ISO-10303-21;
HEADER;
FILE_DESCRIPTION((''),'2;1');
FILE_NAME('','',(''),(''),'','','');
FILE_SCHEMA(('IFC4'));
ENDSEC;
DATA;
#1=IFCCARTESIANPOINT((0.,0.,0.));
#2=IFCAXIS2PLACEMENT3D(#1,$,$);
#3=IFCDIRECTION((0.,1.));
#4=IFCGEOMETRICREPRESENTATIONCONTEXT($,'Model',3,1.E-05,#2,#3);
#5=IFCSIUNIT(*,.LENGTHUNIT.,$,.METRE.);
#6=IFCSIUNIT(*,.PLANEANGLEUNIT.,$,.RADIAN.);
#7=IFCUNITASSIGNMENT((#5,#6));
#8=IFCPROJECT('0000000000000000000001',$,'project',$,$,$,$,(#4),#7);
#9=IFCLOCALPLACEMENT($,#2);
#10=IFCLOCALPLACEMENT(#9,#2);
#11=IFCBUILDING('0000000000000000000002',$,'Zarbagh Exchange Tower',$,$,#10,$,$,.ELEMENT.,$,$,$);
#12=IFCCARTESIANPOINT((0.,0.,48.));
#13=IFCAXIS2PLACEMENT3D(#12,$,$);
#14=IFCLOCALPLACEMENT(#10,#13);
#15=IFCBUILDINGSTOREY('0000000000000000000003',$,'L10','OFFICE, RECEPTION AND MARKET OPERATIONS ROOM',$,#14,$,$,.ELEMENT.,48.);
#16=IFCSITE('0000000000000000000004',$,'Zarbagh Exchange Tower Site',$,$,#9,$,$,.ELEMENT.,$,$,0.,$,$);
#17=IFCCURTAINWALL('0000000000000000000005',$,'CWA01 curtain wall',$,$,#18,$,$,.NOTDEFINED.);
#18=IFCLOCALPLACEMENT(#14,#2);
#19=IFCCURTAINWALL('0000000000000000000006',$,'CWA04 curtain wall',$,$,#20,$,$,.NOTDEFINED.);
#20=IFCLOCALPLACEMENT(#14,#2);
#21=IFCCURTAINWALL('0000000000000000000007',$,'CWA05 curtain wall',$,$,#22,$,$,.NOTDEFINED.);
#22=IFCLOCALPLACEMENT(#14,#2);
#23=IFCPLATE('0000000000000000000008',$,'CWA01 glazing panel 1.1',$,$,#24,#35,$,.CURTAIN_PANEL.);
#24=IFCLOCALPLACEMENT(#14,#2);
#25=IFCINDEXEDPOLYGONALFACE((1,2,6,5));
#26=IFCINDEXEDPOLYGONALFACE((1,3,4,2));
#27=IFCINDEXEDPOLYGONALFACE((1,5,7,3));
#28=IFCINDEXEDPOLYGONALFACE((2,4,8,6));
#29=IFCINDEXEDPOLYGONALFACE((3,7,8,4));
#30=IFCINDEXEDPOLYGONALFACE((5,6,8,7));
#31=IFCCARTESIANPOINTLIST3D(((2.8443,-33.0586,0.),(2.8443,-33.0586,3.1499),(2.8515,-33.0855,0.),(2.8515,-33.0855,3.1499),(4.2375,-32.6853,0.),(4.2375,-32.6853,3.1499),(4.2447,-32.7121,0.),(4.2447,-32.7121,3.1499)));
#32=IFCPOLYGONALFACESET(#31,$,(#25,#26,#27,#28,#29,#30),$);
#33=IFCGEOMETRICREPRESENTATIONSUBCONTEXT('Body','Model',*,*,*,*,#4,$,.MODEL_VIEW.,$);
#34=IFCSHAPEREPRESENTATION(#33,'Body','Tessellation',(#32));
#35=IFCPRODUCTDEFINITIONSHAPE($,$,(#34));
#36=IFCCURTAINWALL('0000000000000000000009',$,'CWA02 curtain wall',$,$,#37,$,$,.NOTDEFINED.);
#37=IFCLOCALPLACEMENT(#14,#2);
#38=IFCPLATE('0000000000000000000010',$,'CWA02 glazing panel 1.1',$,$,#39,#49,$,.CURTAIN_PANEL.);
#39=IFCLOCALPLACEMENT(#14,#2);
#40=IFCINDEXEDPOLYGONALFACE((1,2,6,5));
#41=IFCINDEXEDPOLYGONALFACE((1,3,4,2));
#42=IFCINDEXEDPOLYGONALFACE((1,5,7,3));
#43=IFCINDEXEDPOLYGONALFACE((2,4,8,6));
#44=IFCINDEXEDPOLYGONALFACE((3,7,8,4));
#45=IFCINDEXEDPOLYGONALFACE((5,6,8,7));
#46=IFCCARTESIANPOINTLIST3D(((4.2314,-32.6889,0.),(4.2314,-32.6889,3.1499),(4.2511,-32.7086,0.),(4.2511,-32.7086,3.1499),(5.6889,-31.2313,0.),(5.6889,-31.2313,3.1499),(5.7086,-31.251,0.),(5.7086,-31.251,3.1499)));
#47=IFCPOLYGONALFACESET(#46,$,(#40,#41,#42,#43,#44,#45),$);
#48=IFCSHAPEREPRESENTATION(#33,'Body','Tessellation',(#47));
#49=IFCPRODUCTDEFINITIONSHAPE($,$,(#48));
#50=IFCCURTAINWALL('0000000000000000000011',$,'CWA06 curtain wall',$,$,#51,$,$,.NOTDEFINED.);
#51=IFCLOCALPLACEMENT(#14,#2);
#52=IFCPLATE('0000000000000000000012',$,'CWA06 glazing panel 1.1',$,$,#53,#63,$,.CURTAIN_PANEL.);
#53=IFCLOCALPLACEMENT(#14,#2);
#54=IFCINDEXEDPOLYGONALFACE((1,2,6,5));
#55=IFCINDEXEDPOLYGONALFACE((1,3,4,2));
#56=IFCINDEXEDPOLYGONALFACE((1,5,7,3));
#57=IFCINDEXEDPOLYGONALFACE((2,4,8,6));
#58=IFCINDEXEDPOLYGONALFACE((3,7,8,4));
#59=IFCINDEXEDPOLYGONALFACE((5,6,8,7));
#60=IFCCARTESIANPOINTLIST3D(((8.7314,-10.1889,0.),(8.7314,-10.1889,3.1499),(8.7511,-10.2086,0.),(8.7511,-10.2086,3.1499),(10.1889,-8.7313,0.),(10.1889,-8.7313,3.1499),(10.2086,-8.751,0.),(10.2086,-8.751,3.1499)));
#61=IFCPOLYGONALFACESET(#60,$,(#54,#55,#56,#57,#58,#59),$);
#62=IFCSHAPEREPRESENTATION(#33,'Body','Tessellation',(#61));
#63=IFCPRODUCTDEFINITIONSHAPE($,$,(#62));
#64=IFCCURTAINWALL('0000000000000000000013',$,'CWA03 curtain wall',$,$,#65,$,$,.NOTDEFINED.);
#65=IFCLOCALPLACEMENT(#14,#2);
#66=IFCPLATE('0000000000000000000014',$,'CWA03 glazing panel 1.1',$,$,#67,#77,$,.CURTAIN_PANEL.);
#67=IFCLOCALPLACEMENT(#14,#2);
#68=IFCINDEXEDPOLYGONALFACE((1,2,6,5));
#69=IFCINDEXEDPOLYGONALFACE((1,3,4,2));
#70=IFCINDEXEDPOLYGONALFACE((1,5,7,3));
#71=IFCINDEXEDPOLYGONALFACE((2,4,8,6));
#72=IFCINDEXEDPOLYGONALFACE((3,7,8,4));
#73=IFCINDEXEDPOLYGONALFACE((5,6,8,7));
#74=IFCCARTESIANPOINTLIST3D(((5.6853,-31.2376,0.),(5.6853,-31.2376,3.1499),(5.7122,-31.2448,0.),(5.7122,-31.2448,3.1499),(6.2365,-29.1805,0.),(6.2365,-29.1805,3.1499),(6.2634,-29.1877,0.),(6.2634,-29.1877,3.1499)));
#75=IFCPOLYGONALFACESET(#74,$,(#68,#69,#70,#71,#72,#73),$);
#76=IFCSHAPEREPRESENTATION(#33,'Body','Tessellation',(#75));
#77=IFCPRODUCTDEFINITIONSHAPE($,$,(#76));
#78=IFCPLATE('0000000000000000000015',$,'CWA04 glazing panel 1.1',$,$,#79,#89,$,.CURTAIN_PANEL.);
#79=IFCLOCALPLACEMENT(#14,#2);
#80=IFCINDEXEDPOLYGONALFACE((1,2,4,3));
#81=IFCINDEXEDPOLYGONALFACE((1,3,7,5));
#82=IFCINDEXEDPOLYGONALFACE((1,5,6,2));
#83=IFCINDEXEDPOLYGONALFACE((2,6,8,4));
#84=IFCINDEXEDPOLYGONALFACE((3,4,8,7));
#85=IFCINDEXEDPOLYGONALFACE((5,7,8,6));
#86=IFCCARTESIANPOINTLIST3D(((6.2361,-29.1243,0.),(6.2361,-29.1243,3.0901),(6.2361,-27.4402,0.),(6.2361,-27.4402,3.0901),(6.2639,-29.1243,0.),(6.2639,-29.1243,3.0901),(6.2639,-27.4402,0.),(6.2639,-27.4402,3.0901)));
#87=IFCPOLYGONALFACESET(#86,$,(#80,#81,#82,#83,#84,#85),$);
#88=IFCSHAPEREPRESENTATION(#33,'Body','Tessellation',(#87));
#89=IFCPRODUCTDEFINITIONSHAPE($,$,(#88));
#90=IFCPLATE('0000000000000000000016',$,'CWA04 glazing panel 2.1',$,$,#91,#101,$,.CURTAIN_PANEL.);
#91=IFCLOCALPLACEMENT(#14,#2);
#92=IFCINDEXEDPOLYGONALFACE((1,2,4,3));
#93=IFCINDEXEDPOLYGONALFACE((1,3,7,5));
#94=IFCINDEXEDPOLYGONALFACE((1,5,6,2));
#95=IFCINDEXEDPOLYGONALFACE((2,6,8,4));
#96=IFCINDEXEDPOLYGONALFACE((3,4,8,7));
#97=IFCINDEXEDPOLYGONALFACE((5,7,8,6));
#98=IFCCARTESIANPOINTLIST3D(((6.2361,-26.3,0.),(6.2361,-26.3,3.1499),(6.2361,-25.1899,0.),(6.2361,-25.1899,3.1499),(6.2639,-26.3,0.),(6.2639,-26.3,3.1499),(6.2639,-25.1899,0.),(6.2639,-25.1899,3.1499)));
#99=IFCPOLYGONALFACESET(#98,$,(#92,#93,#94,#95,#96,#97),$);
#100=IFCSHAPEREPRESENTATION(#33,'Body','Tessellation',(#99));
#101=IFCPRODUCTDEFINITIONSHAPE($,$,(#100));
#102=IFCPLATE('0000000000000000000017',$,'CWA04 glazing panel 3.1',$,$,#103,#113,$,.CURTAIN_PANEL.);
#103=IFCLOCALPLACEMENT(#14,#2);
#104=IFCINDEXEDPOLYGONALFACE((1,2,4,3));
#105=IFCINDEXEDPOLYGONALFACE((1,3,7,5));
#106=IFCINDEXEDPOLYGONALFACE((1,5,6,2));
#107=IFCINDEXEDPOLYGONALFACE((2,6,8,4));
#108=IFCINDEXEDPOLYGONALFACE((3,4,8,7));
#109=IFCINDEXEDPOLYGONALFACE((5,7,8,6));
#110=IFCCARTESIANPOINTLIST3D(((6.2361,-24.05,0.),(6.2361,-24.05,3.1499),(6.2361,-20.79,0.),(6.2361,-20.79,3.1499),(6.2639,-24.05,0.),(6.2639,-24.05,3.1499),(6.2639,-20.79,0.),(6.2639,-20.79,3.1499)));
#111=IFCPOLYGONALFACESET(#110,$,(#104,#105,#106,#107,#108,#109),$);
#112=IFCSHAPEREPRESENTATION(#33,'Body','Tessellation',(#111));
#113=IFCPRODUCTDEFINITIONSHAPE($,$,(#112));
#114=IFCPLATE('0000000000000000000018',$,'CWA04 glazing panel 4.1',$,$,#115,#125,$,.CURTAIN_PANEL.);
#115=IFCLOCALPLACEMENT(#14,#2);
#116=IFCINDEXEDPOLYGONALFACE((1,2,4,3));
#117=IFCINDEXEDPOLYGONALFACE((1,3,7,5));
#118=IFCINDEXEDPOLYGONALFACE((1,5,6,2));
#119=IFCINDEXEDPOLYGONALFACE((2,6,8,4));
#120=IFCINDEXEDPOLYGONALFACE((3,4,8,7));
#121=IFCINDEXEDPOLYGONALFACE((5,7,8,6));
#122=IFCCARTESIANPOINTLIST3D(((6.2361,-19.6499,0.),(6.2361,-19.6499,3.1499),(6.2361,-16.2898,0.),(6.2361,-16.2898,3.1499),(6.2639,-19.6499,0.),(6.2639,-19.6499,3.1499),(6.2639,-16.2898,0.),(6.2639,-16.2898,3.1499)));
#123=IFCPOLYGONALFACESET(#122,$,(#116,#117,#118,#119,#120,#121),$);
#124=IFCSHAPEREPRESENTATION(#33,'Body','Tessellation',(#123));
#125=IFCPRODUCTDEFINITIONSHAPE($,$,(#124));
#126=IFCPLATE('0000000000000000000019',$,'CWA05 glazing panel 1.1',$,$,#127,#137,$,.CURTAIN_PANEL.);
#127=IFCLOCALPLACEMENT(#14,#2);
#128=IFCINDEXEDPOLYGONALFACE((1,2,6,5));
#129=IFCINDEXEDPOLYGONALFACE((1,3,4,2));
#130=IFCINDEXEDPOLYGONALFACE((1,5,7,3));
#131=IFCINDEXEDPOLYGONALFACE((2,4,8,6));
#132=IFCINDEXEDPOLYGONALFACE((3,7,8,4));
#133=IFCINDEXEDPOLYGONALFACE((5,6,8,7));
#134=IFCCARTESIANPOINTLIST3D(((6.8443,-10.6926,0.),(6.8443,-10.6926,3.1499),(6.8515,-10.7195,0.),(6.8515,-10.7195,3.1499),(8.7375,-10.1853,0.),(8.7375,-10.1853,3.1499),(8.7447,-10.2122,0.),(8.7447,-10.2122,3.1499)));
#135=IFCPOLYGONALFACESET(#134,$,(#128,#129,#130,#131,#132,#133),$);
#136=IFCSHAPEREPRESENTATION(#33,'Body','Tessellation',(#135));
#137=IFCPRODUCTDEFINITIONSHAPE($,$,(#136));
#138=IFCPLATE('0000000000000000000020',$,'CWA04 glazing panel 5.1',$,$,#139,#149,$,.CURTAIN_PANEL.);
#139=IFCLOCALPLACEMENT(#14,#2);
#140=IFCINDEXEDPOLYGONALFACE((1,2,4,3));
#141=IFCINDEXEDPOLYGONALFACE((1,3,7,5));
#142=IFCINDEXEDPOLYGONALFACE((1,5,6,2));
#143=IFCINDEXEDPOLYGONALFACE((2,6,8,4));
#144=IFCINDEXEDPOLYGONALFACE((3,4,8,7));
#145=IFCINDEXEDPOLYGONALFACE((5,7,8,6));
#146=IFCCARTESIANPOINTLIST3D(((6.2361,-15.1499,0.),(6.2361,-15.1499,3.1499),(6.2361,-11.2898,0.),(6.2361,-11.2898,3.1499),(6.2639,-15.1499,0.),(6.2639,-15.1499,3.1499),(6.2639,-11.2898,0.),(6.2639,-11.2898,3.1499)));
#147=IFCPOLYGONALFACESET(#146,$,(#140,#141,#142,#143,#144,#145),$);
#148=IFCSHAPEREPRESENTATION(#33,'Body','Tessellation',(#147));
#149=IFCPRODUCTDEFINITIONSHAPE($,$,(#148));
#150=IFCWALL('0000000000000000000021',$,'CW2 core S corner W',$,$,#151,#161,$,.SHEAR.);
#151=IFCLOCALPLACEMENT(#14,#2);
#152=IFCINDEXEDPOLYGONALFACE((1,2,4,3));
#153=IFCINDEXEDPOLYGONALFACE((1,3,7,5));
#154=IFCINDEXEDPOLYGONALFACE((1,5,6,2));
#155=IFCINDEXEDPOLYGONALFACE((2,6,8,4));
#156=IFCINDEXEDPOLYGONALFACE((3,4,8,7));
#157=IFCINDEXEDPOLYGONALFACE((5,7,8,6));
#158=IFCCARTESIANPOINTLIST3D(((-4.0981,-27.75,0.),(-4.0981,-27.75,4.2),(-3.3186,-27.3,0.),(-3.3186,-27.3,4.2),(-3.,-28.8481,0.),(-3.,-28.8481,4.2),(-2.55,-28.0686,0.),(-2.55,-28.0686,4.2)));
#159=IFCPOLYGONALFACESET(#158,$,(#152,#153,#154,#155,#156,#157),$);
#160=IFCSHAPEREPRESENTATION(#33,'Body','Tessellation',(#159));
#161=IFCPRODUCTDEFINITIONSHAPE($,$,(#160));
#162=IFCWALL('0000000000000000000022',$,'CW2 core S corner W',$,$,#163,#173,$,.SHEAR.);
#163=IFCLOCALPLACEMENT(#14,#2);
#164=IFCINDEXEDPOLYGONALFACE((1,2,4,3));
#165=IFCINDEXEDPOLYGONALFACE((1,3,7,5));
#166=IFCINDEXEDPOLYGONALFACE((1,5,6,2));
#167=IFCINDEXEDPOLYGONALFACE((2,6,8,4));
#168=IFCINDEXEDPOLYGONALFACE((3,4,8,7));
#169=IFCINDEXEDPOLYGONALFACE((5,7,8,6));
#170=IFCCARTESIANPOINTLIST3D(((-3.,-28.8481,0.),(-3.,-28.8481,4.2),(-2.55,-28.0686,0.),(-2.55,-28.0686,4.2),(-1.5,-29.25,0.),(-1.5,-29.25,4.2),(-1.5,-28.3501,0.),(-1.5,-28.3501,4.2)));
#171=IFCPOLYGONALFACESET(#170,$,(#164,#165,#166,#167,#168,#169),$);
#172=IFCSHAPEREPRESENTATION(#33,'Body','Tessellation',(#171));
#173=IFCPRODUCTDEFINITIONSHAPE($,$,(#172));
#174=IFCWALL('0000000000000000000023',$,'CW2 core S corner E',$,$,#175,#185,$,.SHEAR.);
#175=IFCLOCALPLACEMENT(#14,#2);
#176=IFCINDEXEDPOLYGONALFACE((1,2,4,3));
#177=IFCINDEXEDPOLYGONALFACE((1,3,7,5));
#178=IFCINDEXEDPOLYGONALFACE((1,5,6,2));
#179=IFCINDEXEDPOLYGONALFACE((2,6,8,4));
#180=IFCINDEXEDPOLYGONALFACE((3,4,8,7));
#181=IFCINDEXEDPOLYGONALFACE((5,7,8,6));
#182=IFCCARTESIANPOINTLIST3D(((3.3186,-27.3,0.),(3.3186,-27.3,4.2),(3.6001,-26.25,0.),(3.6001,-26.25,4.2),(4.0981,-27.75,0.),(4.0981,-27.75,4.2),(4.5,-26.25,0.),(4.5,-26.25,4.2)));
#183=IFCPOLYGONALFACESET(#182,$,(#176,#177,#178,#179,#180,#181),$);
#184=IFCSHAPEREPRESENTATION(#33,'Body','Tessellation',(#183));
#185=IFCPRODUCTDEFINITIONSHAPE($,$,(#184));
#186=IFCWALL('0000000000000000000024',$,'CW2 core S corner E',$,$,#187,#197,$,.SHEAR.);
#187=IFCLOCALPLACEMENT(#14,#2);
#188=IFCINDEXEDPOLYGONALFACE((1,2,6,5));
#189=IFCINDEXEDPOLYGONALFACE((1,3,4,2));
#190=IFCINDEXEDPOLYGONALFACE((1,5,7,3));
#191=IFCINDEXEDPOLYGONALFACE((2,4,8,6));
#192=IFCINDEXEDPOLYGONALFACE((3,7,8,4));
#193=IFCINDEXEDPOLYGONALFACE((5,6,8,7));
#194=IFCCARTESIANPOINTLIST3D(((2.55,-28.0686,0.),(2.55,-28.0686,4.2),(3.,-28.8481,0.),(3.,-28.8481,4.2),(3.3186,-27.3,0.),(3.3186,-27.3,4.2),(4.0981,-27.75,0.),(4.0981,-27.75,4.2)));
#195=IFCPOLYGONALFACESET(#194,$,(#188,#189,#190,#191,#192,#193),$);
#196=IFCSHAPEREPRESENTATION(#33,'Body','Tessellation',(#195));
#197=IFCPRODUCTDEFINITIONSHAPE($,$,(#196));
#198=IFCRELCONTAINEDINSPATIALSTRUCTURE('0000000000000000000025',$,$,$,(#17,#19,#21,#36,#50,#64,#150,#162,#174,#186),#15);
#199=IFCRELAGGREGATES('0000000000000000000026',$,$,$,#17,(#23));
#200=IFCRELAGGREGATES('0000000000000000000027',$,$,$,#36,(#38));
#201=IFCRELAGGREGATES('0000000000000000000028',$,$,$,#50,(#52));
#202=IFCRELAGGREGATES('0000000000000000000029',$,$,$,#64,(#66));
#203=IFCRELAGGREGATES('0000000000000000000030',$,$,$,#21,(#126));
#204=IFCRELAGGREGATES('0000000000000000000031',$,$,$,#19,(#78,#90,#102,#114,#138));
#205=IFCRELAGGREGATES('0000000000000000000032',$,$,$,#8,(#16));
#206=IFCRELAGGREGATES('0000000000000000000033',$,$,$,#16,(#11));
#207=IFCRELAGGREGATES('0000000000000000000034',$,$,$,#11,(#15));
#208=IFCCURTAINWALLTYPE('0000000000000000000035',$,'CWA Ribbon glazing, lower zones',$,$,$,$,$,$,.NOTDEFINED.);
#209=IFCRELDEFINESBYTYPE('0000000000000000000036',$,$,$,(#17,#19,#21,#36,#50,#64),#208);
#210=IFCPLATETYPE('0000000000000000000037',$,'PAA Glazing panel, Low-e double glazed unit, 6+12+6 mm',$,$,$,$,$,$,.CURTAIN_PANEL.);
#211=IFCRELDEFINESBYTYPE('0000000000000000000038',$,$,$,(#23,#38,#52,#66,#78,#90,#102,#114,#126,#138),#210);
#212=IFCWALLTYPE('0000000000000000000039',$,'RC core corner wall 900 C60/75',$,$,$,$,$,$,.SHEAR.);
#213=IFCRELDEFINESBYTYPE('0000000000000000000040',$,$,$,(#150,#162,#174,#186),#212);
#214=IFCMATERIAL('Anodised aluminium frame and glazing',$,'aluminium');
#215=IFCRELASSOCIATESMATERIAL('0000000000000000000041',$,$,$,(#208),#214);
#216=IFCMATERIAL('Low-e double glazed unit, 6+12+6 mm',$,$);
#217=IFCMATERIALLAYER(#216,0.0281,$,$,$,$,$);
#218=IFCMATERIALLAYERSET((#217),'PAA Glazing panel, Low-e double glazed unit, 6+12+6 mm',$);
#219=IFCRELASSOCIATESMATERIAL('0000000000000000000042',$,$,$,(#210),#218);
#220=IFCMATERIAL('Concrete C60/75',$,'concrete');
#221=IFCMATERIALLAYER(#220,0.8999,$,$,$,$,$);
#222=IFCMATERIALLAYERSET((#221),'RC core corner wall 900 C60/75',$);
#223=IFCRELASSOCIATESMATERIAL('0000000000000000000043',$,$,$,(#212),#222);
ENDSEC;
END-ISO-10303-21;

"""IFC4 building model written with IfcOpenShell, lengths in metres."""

from ifc_helpers import new_model, si_unit, direction, frame, origin, place, context, subcontext, project, spatial, polyline, outline, extrude, source, transform, mapped, material, layer, layer_set, type_object, element, aggregate, save


model = new_model("IFC4")

# Units and contexts
model_context = context("Model", 3, precision=1e-05, world=origin(), true_north=direction((0.0, 1.0)))
body_context = subcontext(model_context, "Body", "Model", "MODEL_VIEW")
ifc_project = project(units=[si_unit("LENGTHUNIT", "METRE"), si_unit("PLANEANGLEUNIT", "RADIAN")], contexts=[model_context])

# Site, building, storey
site_placement = place(None, origin())
site = spatial("IfcSite", under=ifc_project, at=site_placement, Name="Zarbagh Exchange Tower Site", CompositionType="ELEMENT", RefElevation=0.0)
building_placement = place(site_placement, origin())
building = spatial("IfcBuilding", under=site, at=building_placement, Name="Zarbagh Exchange Tower", CompositionType="ELEMENT")
storey_placement = place(building_placement, frame((0.0, 0.0, 48.0)))
storey = spatial("IfcBuildingStorey", under=building, at=storey_placement, Name="L10", Description="OFFICE, RECEPTION AND MARKET OPERATIONS ROOM", CompositionType="ELEMENT", Elevation=48.0)

# Curtain wall
ifc_material_1 = material(Name="Anodised aluminium frame and glazing", Category="aluminium")
curtain_wall_type = type_object("IfcCurtainWallType", Name="CWA Ribbon glazing, lower zones", PredefinedType="NOTDEFINED", material=ifc_material_1)
curtain_wall_1_placement = place(storey_placement, origin())
curtain_wall_1 = element("IfcCurtainWall", 1, at=curtain_wall_1_placement, inside=storey, type_object=curtain_wall_type, Name="CWA01 curtain wall", PredefinedType="NOTDEFINED")
placement = place(storey_placement, origin())

# Curtain wall
curtain_wall_2_placement = place(storey_placement, origin())
curtain_wall_2 = element("IfcCurtainWall", 2, at=curtain_wall_2_placement, inside=storey, type_object=curtain_wall_type, Name="CWA04 curtain wall", PredefinedType="NOTDEFINED")

# Curtain wall
curtain_wall_3_placement = place(storey_placement, origin())
curtain_wall_3 = element("IfcCurtainWall", 3, at=curtain_wall_3_placement, inside=storey, type_object=curtain_wall_type, Name="CWA05 curtain wall", PredefinedType="NOTDEFINED")

# Plate
ifc_material_2 = material(Name="Low-e double glazed unit, 6+12+6 mm")
ifc_layer_1 = layer(ifc_material_2, 0.0281)
ifc_layer_set_1 = layer_set([ifc_layer_1], Name="PAA Glazing panel, Low-e double glazed unit, 6+12+6 mm")
plate_type = type_object("IfcPlateType", Name="PAA Glazing panel, Low-e double glazed unit, 6+12+6 mm", PredefinedType="CURTAIN_PANEL", material=ifc_layer_set_1)
shared_shape_1 = source(origin(), body_context, "Body", "SweptSolid", [
    extrude(outline(polyline([(0.0, -0.0139), (1.4424, -0.0139), (1.4424, 0.0139), (0.0, 0.0139), (0.0, -0.0139)])), origin(), (0.0, 0.0, 1.0), 3.1499),
])
plate_1 = element("IfcPlate", 4, at=placement, type_object=plate_type, Name="CWA01 glazing panel 1.1", PredefinedType="CURTAIN_PANEL", context=body_context, shape_type="MappedRepresentation", body=[
    mapped(shared_shape_1, transform((2.8479, -33.072, 0.0), x_axis=(0.965924, 0.258825, 0.0), y_axis=(-0.258825, 0.965924, 0.0), z_axis=(0.0, 0.0, 1.0))),
])
aggregate(curtain_wall_1, [plate_1])

# Curtain walls, plates
curtain_wall_4_placement = place(storey_placement, origin())
curtain_wall_4 = element("IfcCurtainWall", 5, at=curtain_wall_4_placement, inside=storey, type_object=curtain_wall_type, Name="CWA02 curtain wall", PredefinedType="NOTDEFINED")
shared_shape_2 = source(origin(), body_context, "Body", "SweptSolid", [
    extrude(outline(polyline([(0.0, -0.0139), (2.0613, -0.0139), (2.0613, 0.0139), (0.0, 0.0139), (0.0, -0.0139)])), origin(), (0.0, 0.0, 1.0), 3.1499),
])
plate_2 = element("IfcPlate", 6, at=placement, type_object=plate_type, Name="CWA02 glazing panel 1.1", PredefinedType="CURTAIN_PANEL", context=body_context, shape_type="MappedRepresentation", body=[
    mapped(shared_shape_2, transform((4.2412, -32.6987, 0.0), x_axis=(0.707107, 0.707107, 0.0), y_axis=(-0.707107, 0.707107, 0.0), z_axis=(0.0, 0.0, 1.0))),
])
aggregate(curtain_wall_4, [plate_2])
curtain_wall_5_placement = place(storey_placement, origin())
curtain_wall_5 = element("IfcCurtainWall", 7, at=curtain_wall_5_placement, inside=storey, type_object=curtain_wall_type, Name="CWA06 curtain wall", PredefinedType="NOTDEFINED")
plate_3 = element("IfcPlate", 8, at=placement, type_object=plate_type, Name="CWA06 glazing panel 1.1", PredefinedType="CURTAIN_PANEL", context=body_context, shape_type="MappedRepresentation", body=[
    mapped(shared_shape_2, transform((8.7412, -10.1987, 0.0), x_axis=(0.707107, 0.707107, 0.0), y_axis=(-0.707107, 0.707107, 0.0), z_axis=(0.0, 0.0, 1.0))),
])
aggregate(curtain_wall_5, [plate_3])
curtain_wall_6_placement = place(storey_placement, origin())
curtain_wall_6 = element("IfcCurtainWall", 9, at=curtain_wall_6_placement, inside=storey, type_object=curtain_wall_type, Name="CWA03 curtain wall", PredefinedType="NOTDEFINED")
shared_shape_3 = source(origin(), body_context, "Body", "SweptSolid", [
    extrude(outline(polyline([(0.0, -0.0139), (2.1296, -0.0139), (2.1296, 0.0139), (0.0, 0.0139), (0.0, -0.0139)])), origin(), (0.0, 0.0, 1.0), 3.1499),
])
plate_4 = element("IfcPlate", 10, at=placement, type_object=plate_type, Name="CWA03 glazing panel 1.1", PredefinedType="CURTAIN_PANEL", context=body_context, shape_type="MappedRepresentation", body=[
    mapped(shared_shape_3, transform((5.6987, -31.2412, 0.0), x_axis=(0.258825, 0.965924, 0.0), y_axis=(-0.965924, 0.258825, 0.0), z_axis=(0.0, 0.0, 1.0))),
])
aggregate(curtain_wall_6, [plate_4])

# Plates
shared_shape_4 = source(origin(), body_context, "Body", "SweptSolid", [
    extrude(outline(polyline([(0.0, -0.0139), (1.6841, -0.0139), (1.6841, 0.0139), (0.0, 0.0139), (0.0, -0.0139)])), origin(), (0.0, 0.0, 1.0), 3.0901),
])
plate_5 = element("IfcPlate", 11, at=placement, type_object=plate_type, Name="CWA04 glazing panel 1.1", PredefinedType="CURTAIN_PANEL", context=body_context, shape_type="MappedRepresentation", body=[
    mapped(shared_shape_4, transform((6.25, -29.1243, 0.0), x_axis=(0.0, 1.0, 0.0), y_axis=(-1.0, 0.0, 0.0), z_axis=(0.0, 0.0, 1.0))),
])
shared_shape_5 = source(origin(), body_context, "Body", "SweptSolid", [
    extrude(outline(polyline([(0.0, -0.0139), (1.1101, -0.0139), (1.1101, 0.0139), (0.0, 0.0139), (0.0, -0.0139)])), origin(), (0.0, 0.0, 1.0), 3.1499),
])
plate_6 = element("IfcPlate", 12, at=placement, type_object=plate_type, Name="CWA04 glazing panel 2.1", PredefinedType="CURTAIN_PANEL", context=body_context, shape_type="MappedRepresentation", body=[
    mapped(shared_shape_5, transform((6.25, -26.3, 0.0), x_axis=(0.0, 1.0, 0.0), y_axis=(-1.0, 0.0, 0.0), z_axis=(0.0, 0.0, 1.0))),
])
shared_shape_6 = source(origin(), body_context, "Body", "SweptSolid", [
    extrude(outline(polyline([(0.0, -0.0139), (3.26, -0.0139), (3.26, 0.0139), (0.0, 0.0139), (0.0, -0.0139)])), origin(), (0.0, 0.0, 1.0), 3.1499),
])
plate_7 = element("IfcPlate", 13, at=placement, type_object=plate_type, Name="CWA04 glazing panel 3.1", PredefinedType="CURTAIN_PANEL", context=body_context, shape_type="MappedRepresentation", body=[
    mapped(shared_shape_6, transform((6.25, -24.05, 0.0), x_axis=(0.0, 1.0, 0.0), y_axis=(-1.0, 0.0, 0.0), z_axis=(0.0, 0.0, 1.0))),
])
shared_shape_7 = source(origin(), body_context, "Body", "SweptSolid", [
    extrude(outline(polyline([(0.0, -0.0139), (3.3601, -0.0139), (3.3601, 0.0139), (0.0, 0.0139), (0.0, -0.0139)])), origin(), (0.0, 0.0, 1.0), 3.1499),
])
plate_8 = element("IfcPlate", 14, at=placement, type_object=plate_type, Name="CWA04 glazing panel 4.1", PredefinedType="CURTAIN_PANEL", context=body_context, shape_type="MappedRepresentation", body=[
    mapped(shared_shape_7, transform((6.25, -19.6499, 0.0), x_axis=(0.0, 1.0, 0.0), y_axis=(-1.0, 0.0, 0.0), z_axis=(0.0, 0.0, 1.0))),
])
shared_shape_8 = source(origin(), body_context, "Body", "SweptSolid", [
    extrude(outline(polyline([(0.0, -0.0139), (1.96, -0.0139), (1.96, 0.0139), (0.0, 0.0139), (0.0, -0.0139)])), origin(), (0.0, 0.0, 1.0), 3.1499),
])
plate_9 = element("IfcPlate", 15, at=placement, type_object=plate_type, Name="CWA05 glazing panel 1.1", PredefinedType="CURTAIN_PANEL", context=body_context, shape_type="MappedRepresentation", body=[
    mapped(shared_shape_8, transform((6.8479, -10.7061, 0.0), x_axis=(0.965924, 0.258825, 0.0), y_axis=(-0.258825, 0.965924, 0.0), z_axis=(0.0, 0.0, 1.0))),
])
aggregate(curtain_wall_3, [plate_9])
shared_shape_9 = source(origin(), body_context, "Body", "SweptSolid", [
    extrude(outline(polyline([(0.0, -0.0139), (3.8601, -0.0139), (3.8601, 0.0139), (0.0, 0.0139), (0.0, -0.0139)])), origin(), (0.0, 0.0, 1.0), 3.1499),
])
plate_10 = element("IfcPlate", 16, at=placement, type_object=plate_type, Name="CWA04 glazing panel 5.1", PredefinedType="CURTAIN_PANEL", context=body_context, shape_type="MappedRepresentation", body=[
    mapped(shared_shape_9, transform((6.25, -15.1499, 0.0), x_axis=(0.0, 1.0, 0.0), y_axis=(-1.0, 0.0, 0.0), z_axis=(0.0, 0.0, 1.0))),
])
aggregate(curtain_wall_2, [plate_5, plate_6, plate_7, plate_8, plate_10])

# Walls
ifc_material_3 = material(Name="Concrete C60/75", Category="concrete")
ifc_layer_2 = layer(ifc_material_3, 0.8999)
ifc_layer_set_2 = layer_set([ifc_layer_2], Name="RC core corner wall 900 C60/75")
wall_type = type_object("IfcWallType", Name="RC core corner wall 900 C60/75", PredefinedType="SHEAR", material=ifc_layer_set_2)
wall_1_placement = place(storey_placement, origin())
element("IfcWall", 17, at=wall_1_placement, inside=storey, type_object=wall_type, Name="CW2 core S corner W", PredefinedType="SHEAR", context=body_context, shape_type="SweptSolid", body=[
    extrude(outline(polyline([(-4.0981, -27.75), (-3.0, -28.8481), (-2.55, -28.0686), (-3.3186, -27.3), (-4.0981, -27.75)])), origin(), (0.0, 0.0, 1.0), 4.2),
])
wall_2_placement = place(storey_placement, origin())
element("IfcWall", 18, at=wall_2_placement, inside=storey, type_object=wall_type, Name="CW2 core S corner W", PredefinedType="SHEAR", context=body_context, shape_type="SweptSolid", body=[
    extrude(outline(polyline([(-3.0, -28.8481), (-1.5, -29.25), (-1.5, -28.3501), (-2.55, -28.0686), (-3.0, -28.8481)])), origin(), (0.0, 0.0, 1.0), 4.2),
])
wall_3_placement = place(storey_placement, origin())
element("IfcWall", 19, at=wall_3_placement, inside=storey, type_object=wall_type, Name="CW2 core S corner E", PredefinedType="SHEAR", context=body_context, shape_type="SweptSolid", body=[
    extrude(outline(polyline([(4.5, -26.25), (4.0981, -27.75), (3.3186, -27.3), (3.6001, -26.25), (4.5, -26.25)])), origin(), (0.0, 0.0, 1.0), 4.2),
])
wall_4_placement = place(storey_placement, origin())
element("IfcWall", 20, at=wall_4_placement, inside=storey, type_object=wall_type, Name="CW2 core S corner E", PredefinedType="SHEAR", context=body_context, shape_type="SweptSolid", body=[
    extrude(outline(polyline([(4.0981, -27.75), (3.0, -28.8481), (2.55, -28.0686), (3.3186, -27.3), (4.0981, -27.75)])), origin(), (0.0, 0.0, 1.0), 4.2),
])

save(model, "model.ifc")
